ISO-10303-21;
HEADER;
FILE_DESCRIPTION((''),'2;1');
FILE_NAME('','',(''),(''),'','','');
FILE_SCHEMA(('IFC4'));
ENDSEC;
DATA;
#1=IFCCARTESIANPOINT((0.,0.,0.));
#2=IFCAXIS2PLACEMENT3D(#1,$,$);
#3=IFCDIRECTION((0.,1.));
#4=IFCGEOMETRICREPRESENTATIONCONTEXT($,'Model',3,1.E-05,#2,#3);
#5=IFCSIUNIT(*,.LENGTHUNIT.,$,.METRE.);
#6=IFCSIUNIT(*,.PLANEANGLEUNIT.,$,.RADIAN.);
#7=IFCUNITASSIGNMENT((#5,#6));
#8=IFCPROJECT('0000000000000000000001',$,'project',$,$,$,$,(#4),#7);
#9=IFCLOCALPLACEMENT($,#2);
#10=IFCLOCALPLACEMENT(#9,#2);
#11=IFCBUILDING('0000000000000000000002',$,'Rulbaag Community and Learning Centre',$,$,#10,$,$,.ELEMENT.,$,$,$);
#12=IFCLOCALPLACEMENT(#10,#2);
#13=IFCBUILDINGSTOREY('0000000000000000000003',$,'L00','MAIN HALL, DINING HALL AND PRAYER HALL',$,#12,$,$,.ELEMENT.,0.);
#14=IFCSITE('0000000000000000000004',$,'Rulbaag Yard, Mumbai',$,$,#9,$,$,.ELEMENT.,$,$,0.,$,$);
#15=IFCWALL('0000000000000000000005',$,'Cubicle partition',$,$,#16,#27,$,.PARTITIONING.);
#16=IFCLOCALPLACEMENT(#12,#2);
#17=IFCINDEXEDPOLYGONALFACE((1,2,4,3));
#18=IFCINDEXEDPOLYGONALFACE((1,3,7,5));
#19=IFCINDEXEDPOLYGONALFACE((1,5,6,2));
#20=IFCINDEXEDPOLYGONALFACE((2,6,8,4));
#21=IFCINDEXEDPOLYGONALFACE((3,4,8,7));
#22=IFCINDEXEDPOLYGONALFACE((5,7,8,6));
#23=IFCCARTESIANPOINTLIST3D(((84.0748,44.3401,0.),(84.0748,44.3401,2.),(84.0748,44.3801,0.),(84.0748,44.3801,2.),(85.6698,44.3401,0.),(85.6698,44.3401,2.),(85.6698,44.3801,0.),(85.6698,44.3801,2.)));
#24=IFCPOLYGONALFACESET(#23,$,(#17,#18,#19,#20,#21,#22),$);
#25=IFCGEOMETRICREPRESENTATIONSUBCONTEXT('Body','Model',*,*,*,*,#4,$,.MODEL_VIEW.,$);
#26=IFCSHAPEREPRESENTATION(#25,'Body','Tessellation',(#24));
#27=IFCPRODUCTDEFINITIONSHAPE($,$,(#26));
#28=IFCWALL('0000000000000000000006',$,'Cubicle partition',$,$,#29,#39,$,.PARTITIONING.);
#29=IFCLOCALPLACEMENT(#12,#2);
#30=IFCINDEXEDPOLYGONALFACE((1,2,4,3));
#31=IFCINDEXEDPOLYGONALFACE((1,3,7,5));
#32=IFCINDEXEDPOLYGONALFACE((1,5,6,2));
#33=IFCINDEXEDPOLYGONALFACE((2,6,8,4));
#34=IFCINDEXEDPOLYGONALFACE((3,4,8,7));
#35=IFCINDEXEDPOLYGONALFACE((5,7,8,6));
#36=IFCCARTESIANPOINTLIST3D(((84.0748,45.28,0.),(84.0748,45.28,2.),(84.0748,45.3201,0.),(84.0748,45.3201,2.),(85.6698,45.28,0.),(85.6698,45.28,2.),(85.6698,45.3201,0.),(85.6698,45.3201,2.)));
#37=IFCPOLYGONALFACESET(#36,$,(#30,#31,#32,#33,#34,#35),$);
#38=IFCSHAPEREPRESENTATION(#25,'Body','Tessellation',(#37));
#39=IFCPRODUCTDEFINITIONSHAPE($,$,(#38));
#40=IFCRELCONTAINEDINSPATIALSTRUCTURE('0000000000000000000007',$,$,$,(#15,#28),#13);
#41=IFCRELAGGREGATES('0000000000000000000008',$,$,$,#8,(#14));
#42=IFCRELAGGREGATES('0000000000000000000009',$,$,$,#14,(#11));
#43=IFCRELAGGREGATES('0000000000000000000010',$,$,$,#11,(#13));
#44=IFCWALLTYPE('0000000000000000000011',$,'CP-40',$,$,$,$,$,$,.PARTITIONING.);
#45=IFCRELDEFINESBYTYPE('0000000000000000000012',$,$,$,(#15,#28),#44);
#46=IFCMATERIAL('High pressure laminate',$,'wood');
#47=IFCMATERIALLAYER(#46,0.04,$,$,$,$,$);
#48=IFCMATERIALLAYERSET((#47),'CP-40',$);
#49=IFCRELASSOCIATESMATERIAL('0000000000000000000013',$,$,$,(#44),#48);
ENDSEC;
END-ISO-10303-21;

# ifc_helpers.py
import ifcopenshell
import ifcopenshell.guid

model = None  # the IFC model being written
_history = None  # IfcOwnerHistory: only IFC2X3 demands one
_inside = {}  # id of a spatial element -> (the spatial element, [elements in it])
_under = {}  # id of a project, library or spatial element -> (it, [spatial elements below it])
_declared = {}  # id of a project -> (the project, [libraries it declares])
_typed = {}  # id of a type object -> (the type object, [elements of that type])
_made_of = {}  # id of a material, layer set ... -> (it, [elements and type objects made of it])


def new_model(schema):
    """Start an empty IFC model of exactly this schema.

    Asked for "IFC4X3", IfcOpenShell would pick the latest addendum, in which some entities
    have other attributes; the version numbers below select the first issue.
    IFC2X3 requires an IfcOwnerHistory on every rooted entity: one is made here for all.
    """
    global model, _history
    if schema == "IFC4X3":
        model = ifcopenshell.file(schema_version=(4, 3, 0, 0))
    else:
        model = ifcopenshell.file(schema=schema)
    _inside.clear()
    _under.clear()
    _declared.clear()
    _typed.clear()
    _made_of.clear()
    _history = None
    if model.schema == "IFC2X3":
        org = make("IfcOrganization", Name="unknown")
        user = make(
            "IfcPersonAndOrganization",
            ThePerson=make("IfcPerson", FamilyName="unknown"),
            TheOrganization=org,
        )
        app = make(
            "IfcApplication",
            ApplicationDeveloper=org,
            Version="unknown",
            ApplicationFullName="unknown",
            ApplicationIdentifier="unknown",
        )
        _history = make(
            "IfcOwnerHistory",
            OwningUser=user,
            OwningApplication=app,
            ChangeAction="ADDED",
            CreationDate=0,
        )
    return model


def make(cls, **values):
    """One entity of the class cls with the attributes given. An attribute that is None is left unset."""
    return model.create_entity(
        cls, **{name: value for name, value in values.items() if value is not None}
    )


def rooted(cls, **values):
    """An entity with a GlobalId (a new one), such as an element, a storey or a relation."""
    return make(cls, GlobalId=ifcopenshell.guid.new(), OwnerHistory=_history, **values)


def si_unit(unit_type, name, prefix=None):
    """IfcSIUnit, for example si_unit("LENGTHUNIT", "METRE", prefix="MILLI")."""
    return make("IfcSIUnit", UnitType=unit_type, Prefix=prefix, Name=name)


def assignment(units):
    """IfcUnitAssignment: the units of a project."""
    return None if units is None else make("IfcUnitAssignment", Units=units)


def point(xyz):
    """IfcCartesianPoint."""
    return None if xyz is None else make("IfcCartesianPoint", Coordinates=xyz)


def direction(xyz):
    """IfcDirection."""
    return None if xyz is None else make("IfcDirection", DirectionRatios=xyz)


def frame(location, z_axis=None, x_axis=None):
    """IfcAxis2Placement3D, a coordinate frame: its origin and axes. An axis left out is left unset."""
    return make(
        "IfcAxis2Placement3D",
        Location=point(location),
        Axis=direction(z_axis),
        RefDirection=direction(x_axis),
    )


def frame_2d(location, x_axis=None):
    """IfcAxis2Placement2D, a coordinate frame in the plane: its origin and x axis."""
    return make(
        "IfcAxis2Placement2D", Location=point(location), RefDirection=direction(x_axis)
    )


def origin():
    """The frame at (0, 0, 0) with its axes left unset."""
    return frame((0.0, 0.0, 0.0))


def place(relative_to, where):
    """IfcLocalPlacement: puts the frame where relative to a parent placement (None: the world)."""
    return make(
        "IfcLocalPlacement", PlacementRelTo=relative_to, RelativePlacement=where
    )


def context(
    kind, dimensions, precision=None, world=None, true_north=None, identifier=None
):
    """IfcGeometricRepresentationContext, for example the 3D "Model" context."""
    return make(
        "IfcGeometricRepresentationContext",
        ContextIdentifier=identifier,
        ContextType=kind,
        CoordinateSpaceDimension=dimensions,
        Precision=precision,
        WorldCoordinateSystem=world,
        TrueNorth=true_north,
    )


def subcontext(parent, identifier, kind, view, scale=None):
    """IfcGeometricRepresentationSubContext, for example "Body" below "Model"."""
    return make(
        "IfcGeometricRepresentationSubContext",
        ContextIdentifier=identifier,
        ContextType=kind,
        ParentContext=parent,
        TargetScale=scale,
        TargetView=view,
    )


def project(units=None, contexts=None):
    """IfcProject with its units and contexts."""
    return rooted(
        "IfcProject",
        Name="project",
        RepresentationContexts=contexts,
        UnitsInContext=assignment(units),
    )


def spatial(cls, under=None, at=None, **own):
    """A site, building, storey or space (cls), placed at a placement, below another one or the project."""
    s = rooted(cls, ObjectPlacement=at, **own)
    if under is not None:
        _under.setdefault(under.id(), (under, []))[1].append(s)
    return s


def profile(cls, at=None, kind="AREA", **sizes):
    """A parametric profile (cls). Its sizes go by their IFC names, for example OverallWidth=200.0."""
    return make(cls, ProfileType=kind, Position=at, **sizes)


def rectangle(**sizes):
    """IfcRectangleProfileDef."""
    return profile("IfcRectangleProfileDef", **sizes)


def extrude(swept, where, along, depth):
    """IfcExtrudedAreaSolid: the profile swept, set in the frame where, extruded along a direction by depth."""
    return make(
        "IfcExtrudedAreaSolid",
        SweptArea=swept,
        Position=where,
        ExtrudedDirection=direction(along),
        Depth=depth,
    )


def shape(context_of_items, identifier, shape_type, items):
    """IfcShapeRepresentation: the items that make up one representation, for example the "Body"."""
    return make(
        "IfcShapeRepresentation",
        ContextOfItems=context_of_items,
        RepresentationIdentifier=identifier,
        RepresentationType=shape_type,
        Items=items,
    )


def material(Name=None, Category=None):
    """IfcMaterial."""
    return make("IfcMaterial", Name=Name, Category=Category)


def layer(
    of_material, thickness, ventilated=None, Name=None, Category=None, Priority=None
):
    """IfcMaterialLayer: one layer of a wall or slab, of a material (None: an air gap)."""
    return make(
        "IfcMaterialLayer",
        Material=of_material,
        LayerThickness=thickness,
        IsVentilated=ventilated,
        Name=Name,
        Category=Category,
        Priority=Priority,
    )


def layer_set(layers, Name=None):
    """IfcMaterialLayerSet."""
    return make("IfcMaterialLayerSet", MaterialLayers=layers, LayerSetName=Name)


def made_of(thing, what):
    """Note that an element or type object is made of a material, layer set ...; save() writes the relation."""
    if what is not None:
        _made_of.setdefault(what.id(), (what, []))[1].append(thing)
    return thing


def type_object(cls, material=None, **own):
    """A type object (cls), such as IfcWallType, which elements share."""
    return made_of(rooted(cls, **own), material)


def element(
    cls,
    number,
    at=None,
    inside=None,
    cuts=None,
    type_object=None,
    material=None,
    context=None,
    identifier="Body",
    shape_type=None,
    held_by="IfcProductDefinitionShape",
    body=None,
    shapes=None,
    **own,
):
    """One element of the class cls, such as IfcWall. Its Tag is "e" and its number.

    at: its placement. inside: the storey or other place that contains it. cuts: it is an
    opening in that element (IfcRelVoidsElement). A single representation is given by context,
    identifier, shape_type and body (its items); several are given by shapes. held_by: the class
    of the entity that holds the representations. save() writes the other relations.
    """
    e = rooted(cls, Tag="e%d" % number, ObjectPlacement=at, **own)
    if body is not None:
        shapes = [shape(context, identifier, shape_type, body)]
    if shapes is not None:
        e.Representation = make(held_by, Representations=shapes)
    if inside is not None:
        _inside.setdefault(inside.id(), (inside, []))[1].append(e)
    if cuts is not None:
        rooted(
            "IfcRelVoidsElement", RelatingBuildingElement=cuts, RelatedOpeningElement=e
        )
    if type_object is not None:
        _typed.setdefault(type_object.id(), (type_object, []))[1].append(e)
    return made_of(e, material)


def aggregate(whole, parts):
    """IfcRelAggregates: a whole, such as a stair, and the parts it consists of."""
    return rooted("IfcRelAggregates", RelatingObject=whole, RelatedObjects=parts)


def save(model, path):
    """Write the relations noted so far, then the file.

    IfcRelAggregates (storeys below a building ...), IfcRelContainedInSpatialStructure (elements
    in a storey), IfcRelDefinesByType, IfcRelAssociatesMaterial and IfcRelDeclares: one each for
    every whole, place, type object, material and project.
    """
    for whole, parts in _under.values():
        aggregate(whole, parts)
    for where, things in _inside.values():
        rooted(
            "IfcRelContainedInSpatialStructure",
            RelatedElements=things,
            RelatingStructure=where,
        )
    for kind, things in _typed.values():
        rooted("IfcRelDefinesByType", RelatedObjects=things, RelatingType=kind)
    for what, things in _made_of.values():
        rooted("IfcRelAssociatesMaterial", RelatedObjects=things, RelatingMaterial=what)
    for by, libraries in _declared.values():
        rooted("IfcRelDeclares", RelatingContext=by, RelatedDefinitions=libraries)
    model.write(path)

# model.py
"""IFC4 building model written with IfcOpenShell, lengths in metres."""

from ifc_helpers import new_model, si_unit, direction, frame, frame_2d, origin, place, context, subcontext, project, spatial, rectangle, extrude, material, layer, layer_set, type_object, element, save


model = new_model("IFC4")

# Units and contexts
model_context = context("Model", 3, precision=1e-05, world=origin(), true_north=direction((0.0, 1.0)))
body_context = subcontext(model_context, "Body", "Model", "MODEL_VIEW")
ifc_project = project(units=[si_unit("LENGTHUNIT", "METRE"), si_unit("PLANEANGLEUNIT", "RADIAN")], contexts=[model_context])

# Site, building, storey
site_placement = place(None, origin())
site = spatial("IfcSite", under=ifc_project, at=site_placement, Name="Rulbaag Yard, Mumbai", CompositionType="ELEMENT", RefElevation=0.0)
building_placement = place(site_placement, origin())
building = spatial("IfcBuilding", under=site, at=building_placement, Name="Rulbaag Community and Learning Centre", CompositionType="ELEMENT")
storey_placement = place(building_placement, origin())
storey = spatial("IfcBuildingStorey", under=building, at=storey_placement, Name="L00", Description="MAIN HALL, DINING HALL AND PRAYER HALL", CompositionType="ELEMENT", Elevation=0.0)

# Walls
ifc_material_1 = material(Name="High pressure laminate", Category="wood")
ifc_layer_1 = layer(ifc_material_1, 0.04)
ifc_layer_set_1 = layer_set([ifc_layer_1], Name="CP-40")
wall_type_1 = type_object("IfcWallType", Name="CP-40", PredefinedType="PARTITIONING", material=ifc_layer_set_1)
for number, where, z_axis, x_axis, name in (
    (1, (84.075, 44.3601, 0.0), (0.0, 0.0, 1.0), (1.0, 0.0, 0.0), "Cubicle partition"),
    (2, (84.075, 45.3, 0.0), (0.0, 0.0, 1.0), (1.0, 0.0, 0.0), "Cubicle partition"),
):
    element("IfcWall", number, at=place(storey_placement, frame(where, z_axis=z_axis, x_axis=x_axis)), inside=storey, type_object=wall_type_1, Name=name, PredefinedType="PARTITIONING", context=body_context, shape_type="SweptSolid", body=[
        extrude(rectangle(XDim=1.595, YDim=0.04, at=frame_2d((0.7974, 0.0))), origin(), (0.0, 0.0, 1.0), 2.0),
    ])

save(model, "model.ifc")
